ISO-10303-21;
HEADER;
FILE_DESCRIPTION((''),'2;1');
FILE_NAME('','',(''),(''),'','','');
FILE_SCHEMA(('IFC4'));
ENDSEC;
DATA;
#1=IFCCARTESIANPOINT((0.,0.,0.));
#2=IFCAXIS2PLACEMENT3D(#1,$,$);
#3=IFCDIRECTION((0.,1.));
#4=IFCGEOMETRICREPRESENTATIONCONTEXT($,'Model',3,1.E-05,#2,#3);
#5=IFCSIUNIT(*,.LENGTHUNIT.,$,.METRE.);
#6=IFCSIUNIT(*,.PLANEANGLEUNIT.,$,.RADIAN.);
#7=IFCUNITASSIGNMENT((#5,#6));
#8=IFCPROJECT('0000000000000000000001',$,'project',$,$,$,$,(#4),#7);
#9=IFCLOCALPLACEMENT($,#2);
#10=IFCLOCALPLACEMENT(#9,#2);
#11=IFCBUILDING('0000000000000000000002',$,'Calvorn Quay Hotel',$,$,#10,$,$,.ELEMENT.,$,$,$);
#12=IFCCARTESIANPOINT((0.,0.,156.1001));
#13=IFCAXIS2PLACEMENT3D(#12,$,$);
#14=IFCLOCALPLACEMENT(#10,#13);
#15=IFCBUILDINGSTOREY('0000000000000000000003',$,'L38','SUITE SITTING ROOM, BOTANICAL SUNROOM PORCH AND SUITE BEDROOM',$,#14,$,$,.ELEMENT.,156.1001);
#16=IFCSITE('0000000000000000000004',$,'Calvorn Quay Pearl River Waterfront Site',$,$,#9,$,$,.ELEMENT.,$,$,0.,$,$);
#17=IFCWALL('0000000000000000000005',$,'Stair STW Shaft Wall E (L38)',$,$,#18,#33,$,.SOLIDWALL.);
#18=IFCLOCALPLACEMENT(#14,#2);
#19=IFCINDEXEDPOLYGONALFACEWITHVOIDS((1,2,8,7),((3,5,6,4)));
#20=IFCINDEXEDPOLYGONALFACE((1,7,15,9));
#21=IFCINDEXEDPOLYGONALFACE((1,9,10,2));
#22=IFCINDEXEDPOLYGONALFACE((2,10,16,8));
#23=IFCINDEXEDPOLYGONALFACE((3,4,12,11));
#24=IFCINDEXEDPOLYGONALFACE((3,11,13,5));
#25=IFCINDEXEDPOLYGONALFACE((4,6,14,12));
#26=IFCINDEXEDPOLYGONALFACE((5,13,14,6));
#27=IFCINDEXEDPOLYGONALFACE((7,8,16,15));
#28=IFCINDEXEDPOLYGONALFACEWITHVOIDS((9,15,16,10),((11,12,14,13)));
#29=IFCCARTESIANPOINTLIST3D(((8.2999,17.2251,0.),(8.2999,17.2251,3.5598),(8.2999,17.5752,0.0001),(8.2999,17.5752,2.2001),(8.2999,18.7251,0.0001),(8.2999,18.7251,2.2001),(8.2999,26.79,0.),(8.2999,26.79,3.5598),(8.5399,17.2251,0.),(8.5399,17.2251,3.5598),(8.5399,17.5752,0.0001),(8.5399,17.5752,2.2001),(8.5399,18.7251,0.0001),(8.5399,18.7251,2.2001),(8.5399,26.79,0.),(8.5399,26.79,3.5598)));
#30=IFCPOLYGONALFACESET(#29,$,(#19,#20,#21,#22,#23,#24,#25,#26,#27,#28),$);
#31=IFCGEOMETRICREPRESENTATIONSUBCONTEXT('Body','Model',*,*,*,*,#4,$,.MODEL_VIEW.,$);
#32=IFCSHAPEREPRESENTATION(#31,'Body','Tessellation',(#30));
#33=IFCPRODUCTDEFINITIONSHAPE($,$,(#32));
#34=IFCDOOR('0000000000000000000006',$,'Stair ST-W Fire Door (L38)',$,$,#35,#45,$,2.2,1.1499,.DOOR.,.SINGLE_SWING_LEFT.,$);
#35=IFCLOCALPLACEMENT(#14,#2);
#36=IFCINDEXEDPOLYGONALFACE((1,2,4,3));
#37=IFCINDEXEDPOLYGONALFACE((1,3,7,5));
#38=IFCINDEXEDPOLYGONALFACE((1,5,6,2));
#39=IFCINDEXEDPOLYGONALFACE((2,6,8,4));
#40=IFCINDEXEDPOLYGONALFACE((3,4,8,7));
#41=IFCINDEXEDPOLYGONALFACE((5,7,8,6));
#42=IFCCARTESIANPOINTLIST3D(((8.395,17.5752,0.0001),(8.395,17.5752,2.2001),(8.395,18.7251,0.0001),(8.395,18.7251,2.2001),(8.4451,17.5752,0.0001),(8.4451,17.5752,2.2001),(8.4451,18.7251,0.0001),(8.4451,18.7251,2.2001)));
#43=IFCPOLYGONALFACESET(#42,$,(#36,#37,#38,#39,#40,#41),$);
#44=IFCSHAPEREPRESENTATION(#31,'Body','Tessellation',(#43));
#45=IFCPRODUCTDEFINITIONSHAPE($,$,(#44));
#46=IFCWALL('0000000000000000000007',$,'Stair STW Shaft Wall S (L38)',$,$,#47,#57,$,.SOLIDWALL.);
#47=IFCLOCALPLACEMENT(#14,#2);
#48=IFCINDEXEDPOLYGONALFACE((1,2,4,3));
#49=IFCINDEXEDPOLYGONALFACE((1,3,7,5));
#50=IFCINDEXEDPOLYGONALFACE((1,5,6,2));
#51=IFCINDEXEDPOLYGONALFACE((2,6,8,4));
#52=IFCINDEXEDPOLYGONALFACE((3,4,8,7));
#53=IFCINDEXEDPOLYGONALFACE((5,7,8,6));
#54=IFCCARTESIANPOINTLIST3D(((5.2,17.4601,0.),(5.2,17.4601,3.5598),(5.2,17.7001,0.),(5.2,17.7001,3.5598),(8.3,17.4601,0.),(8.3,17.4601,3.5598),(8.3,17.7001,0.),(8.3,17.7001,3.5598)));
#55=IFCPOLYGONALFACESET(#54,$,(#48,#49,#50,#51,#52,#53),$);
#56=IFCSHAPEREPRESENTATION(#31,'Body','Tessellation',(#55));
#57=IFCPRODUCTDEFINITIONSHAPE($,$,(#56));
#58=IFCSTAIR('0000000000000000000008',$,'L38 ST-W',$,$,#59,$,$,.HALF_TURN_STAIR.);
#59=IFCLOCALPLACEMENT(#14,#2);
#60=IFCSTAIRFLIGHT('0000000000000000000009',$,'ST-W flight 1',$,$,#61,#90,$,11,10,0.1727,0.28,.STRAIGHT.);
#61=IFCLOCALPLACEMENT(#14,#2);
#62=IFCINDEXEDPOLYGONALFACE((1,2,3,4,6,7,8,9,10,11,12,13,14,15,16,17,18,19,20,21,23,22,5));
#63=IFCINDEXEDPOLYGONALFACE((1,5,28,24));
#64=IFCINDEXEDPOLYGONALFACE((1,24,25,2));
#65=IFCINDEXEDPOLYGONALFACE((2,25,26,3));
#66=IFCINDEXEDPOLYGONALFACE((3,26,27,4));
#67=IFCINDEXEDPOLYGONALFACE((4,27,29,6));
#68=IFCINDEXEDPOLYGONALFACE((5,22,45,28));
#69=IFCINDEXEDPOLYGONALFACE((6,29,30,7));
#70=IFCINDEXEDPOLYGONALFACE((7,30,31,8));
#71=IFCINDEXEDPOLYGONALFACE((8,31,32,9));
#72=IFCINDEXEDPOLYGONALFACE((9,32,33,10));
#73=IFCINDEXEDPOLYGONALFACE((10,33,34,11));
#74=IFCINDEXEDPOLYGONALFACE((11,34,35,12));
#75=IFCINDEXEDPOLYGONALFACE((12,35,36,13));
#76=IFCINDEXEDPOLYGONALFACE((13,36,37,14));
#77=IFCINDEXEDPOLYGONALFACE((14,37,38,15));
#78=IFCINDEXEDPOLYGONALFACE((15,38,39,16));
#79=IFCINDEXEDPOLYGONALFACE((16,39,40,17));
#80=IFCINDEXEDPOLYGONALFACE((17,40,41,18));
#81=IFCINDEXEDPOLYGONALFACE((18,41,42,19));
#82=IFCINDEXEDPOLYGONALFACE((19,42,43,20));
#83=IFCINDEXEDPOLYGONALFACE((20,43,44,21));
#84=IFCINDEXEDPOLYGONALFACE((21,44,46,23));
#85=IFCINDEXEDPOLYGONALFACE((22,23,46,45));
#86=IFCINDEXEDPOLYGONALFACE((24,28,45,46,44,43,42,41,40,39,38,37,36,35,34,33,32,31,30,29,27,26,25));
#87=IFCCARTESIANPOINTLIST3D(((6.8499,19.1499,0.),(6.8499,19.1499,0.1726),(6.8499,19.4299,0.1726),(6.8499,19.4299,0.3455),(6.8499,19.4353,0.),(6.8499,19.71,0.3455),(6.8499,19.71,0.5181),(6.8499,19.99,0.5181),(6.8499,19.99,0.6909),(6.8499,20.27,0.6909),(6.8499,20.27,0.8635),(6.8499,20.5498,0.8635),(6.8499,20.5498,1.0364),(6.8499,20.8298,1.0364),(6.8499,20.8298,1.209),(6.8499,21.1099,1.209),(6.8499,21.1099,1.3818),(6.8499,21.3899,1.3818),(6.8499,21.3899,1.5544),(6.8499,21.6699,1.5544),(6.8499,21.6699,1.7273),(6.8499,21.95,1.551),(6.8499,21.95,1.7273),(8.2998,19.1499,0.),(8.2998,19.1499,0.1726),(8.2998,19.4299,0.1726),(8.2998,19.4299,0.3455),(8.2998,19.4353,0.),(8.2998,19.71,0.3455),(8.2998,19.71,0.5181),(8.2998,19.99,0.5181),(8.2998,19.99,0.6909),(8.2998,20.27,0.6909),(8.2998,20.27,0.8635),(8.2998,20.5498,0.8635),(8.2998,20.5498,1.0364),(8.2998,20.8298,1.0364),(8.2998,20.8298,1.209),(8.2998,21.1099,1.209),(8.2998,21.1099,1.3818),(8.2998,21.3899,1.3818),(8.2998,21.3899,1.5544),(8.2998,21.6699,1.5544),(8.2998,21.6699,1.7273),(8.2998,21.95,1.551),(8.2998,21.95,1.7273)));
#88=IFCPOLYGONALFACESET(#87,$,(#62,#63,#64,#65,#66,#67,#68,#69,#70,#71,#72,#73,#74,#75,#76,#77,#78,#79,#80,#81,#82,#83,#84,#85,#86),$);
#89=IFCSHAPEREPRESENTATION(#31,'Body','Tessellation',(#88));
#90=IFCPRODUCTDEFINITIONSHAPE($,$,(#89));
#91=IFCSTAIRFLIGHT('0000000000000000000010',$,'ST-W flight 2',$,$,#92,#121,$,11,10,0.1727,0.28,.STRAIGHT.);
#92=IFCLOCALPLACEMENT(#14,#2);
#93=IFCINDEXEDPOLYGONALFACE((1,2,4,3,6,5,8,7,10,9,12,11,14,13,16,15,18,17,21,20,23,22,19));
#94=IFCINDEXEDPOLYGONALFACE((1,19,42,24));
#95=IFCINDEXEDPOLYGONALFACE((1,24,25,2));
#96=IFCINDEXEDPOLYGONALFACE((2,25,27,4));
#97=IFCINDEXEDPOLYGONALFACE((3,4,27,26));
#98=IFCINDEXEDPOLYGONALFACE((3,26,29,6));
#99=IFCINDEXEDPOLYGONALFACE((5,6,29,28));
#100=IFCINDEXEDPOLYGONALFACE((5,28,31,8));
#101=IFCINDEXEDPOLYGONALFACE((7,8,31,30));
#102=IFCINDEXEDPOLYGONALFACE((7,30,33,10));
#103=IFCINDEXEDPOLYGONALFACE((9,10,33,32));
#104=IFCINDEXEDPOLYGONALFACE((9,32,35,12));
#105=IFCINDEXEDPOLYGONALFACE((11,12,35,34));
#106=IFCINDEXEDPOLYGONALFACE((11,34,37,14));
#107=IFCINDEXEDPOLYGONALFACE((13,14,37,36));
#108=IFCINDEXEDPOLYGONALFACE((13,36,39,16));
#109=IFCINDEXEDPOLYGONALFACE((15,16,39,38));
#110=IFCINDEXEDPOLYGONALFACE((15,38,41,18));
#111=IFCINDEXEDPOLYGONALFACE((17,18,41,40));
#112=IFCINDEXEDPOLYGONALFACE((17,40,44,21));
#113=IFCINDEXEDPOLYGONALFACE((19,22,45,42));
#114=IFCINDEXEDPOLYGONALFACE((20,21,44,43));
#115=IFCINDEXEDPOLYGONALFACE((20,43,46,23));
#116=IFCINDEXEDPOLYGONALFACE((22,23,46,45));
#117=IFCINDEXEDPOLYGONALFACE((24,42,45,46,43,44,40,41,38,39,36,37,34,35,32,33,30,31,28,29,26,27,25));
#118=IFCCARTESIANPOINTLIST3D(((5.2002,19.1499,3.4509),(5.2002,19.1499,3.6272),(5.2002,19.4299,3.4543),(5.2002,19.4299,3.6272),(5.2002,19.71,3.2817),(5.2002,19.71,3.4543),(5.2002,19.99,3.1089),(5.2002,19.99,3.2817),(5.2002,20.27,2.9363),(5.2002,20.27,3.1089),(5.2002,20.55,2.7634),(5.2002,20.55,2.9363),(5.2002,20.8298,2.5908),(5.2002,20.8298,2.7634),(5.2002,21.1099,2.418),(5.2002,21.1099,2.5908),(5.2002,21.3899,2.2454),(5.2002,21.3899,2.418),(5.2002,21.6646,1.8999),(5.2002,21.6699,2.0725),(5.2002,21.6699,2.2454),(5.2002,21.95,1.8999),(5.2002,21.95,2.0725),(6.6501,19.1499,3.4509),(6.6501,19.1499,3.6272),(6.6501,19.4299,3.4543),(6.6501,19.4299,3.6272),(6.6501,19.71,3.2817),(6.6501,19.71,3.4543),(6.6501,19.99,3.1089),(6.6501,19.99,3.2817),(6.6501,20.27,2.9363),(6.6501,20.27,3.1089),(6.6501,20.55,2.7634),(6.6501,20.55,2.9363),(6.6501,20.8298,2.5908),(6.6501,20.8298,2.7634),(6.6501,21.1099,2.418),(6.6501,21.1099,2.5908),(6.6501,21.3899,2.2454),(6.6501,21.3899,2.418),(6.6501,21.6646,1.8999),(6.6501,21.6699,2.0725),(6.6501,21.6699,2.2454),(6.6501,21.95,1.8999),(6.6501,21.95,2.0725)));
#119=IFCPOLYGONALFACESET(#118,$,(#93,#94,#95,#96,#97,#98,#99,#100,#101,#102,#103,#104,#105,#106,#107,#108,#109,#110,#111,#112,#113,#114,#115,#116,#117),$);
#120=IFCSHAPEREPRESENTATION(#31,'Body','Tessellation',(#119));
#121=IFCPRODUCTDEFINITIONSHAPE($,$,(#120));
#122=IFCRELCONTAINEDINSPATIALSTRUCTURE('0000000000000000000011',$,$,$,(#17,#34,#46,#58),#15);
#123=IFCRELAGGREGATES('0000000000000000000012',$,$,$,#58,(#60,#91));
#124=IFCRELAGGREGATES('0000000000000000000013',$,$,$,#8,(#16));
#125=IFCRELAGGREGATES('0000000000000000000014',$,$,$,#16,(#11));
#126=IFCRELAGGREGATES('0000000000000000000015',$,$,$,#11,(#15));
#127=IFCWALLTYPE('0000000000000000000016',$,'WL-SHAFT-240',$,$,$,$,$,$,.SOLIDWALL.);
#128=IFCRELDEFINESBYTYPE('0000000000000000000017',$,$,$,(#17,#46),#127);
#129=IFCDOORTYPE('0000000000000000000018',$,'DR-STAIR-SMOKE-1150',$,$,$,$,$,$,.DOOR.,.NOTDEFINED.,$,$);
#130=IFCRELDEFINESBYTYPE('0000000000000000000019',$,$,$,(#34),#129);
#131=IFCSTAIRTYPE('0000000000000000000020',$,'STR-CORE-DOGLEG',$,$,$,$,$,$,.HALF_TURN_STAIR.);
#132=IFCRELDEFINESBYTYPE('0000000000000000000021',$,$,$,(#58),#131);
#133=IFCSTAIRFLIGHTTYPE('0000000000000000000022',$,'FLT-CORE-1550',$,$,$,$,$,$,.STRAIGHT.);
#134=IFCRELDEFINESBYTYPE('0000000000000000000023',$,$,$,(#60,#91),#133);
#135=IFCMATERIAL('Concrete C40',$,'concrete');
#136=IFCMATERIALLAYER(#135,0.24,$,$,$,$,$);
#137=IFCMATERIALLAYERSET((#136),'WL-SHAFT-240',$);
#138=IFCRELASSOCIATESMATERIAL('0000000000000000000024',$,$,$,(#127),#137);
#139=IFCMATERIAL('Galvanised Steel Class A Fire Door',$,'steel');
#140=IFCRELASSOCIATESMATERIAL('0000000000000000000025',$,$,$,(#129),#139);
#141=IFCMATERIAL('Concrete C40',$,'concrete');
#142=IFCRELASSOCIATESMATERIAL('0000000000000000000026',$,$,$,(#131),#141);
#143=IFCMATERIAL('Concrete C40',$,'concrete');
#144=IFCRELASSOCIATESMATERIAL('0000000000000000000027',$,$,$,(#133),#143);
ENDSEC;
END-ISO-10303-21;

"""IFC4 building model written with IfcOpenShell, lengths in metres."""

from ifc_helpers import new_model, si_unit, direction, frame, frame_2d, origin, place, context, subcontext, project, spatial, polyline, rectangle, outline, extrude, material, layer, layer_set, type_object, element, fill, aggregate, save


model = new_model("IFC4")

# Units and contexts
model_context = context("Model", 3, precision=1e-05, world=origin(), true_north=direction((0.0, 1.0)))
body_context = subcontext(model_context, "Body", "Model", "MODEL_VIEW")
ifc_project = project(units=[si_unit("LENGTHUNIT", "METRE"), si_unit("PLANEANGLEUNIT", "RADIAN")], contexts=[model_context])

# Site, building, storey
site_placement = place(None, origin())
site = spatial("IfcSite", under=ifc_project, at=site_placement, Name="Calvorn Quay Pearl River Waterfront Site", CompositionType="ELEMENT", RefElevation=0.0)
building_placement = place(site_placement, origin())
building = spatial("IfcBuilding", under=site, at=building_placement, Name="Calvorn Quay Hotel", CompositionType="ELEMENT")
storey_placement = place(building_placement, frame((0.0, 0.0, 156.1001)))
storey = spatial("IfcBuildingStorey", under=building, at=storey_placement, Name="L38", Description="SUITE SITTING ROOM, BOTANICAL SUNROOM PORCH AND SUITE BEDROOM", CompositionType="ELEMENT", Elevation=156.1001)

# Shared definitions
ifc_material_1 = material(Name="Concrete C40", Category="concrete")
ifc_layer_1 = layer(ifc_material_1, 0.24)
ifc_layer_set_1 = layer_set([ifc_layer_1], Name="WL-SHAFT-240")
wall_type_1 = type_object("IfcWallType", Name="WL-SHAFT-240", PredefinedType="SOLIDWALL", material=ifc_layer_set_1)

# Wall, opening, door
wall_1_placement = place(storey_placement, frame((8.4199, 17.2251, 0.0), z_axis=(0.0, 0.0, 1.0), x_axis=(0.0, 1.0, 0.0)))
wall_1 = element("IfcWall", 1, at=wall_1_placement, inside=storey, type_object=wall_type_1, Name="Stair STW Shaft Wall E (L38)", PredefinedType="SOLIDWALL", context=body_context, shape_type="SweptSolid", body=[
    extrude(rectangle(XDim=9.5649, YDim=0.24, at=frame_2d((4.7825, 0.0))), origin(), (0.0, 0.0, 1.0), 3.5598),
])
opening_1_placement = place(wall_1_placement, frame((0.3501, 0.0, 0.0)))
opening_1 = element("IfcOpeningElement", 2, at=opening_1_placement, cuts=wall_1, PredefinedType="OPENING", context=body_context, shape_type="SweptSolid", body=[
    extrude(rectangle(XDim=1.1499, YDim=2.2, at=frame_2d((0.575, 1.1001))), frame((0.0, 0.1299, 0.0), z_axis=(0.0, -1.0, 0.0), x_axis=(1.0, 0.0, 0.0)), (0.0, 0.0, 1.0), 0.26),
])
ifc_material_2 = material(Name="Galvanised Steel Class A Fire Door", Category="steel")
door_type_1 = type_object("IfcDoorType", Name="DR-STAIR-SMOKE-1150", OperationType="NOTDEFINED", PredefinedType="DOOR", material=ifc_material_2)
door_1_placement = place(opening_1_placement, origin())
door_1 = element("IfcDoor", 3, at=door_1_placement, inside=storey, type_object=door_type_1, Name="Stair ST-W Fire Door (L38)", OperationType="SINGLE_SWING_LEFT", OverallHeight=2.2, OverallWidth=1.1499, PredefinedType="DOOR", context=body_context, shape_type="SweptSolid", body=[
    extrude(rectangle(XDim=1.1499, YDim=2.2, at=frame_2d((0.575, 1.1001))), frame((0.0, 0.0249, 0.0), z_axis=(0.0, -1.0, 0.0), x_axis=(1.0, 0.0, 0.0)), (0.0, 0.0, 1.0), 0.05),
])
fill(opening_1, door_1)

# Wall
wall_2_placement = place(storey_placement, frame((5.2, 17.5801, 0.0), z_axis=(0.0, 0.0, 1.0), x_axis=(1.0, 0.0, 0.0)))
element("IfcWall", 4, at=wall_2_placement, inside=storey, type_object=wall_type_1, Name="Stair STW Shaft Wall S (L38)", PredefinedType="SOLIDWALL", context=body_context, shape_type="SweptSolid", body=[
    extrude(rectangle(XDim=3.1001, YDim=0.24, at=frame_2d((1.55, 0.0))), origin(), (0.0, 0.0, 1.0), 3.5598),
])

# Stair, stair flights
ifc_material_3 = material(Name="Concrete C40", Category="concrete")
stair_type = type_object("IfcStairType", Name="STR-CORE-DOGLEG", PredefinedType="HALF_TURN_STAIR", material=ifc_material_3)
stair_placement = place(storey_placement, origin())
stair = element("IfcStair", 5, at=stair_placement, inside=storey, type_object=stair_type, Name="L38 ST-W", PredefinedType="HALF_TURN_STAIR")
ifc_material_4 = material(Name="Concrete C40", Category="concrete")
stair_flight_type = type_object("IfcStairFlightType", Name="FLT-CORE-1550", PredefinedType="STRAIGHT", material=ifc_material_4)
stair_flight_1_placement = place(storey_placement, frame((7.575, 19.1499, 0.0), z_axis=(0.0, 0.0, 1.0), x_axis=(0.0, 1.0, 0.0)))
stair_flight_1 = element("IfcStairFlight", 6, at=stair_flight_1_placement, type_object=stair_flight_type, Name="ST-W flight 1", NumberOfRisers=11, NumberOfTreads=10, PredefinedType="STRAIGHT", RiserHeight=0.1727, TreadLength=0.28, context=body_context, shape_type="SweptSolid", body=[
    extrude(outline(polyline([(0.0, 0.0), (0.0, 0.1726), (0.28, 0.1726), (0.28, 0.3455), (0.5601, 0.3455), (0.5601, 0.5181), (0.8401, 0.5181), (0.8401, 0.6909), (1.1201, 0.6909), (1.1201, 0.8635), (1.3999, 0.8635), (1.3999, 1.0364), (1.6799, 1.0364), (1.6799, 1.209), (1.96, 1.209), (1.96, 1.3818), (2.24, 1.3818), (2.24, 1.5544), (2.52, 1.5544), (2.52, 1.7273), (2.8, 1.7273), (2.8, 1.8999), (2.8, 1.551), (0.2854, 0.0), (0.0, 0.0)])), frame((0.0, 0.7251, 0.0), z_axis=(0.0, -1.0, 0.0), x_axis=(1.0, 0.0, 0.0)), (0.0, 0.0, 1.0), 1.45),
])
stair_flight_2_placement = place(storey_placement, frame((5.925, 21.95, 1.8999), z_axis=(0.0, 0.0, 1.0), x_axis=(0.0, -1.0, 0.0)))
stair_flight_2 = element("IfcStairFlight", 7, at=stair_flight_2_placement, type_object=stair_flight_type, Name="ST-W flight 2", NumberOfRisers=11, NumberOfTreads=10, PredefinedType="STRAIGHT", RiserHeight=0.1727, TreadLength=0.28, context=body_context, shape_type="SweptSolid", body=[
    extrude(outline(polyline([(0.0, 0.0), (0.0, 0.1726), (0.28, 0.1726), (0.28, 0.3455), (0.5601, 0.3455), (0.5601, 0.5181), (0.8401, 0.5181), (0.8401, 0.6909), (1.1201, 0.6909), (1.1201, 0.8635), (1.3999, 0.8635), (1.3999, 1.0364), (1.6799, 1.0364), (1.6799, 1.209), (1.96, 1.209), (1.96, 1.3818), (2.24, 1.3818), (2.24, 1.5544), (2.52, 1.5544), (2.52, 1.7273), (2.8, 1.7273), (2.8, 1.8999), (2.8, 1.551), (0.2854, 0.0), (0.0, 0.0)])), frame((0.0, 0.7251, 0.0), z_axis=(0.0, -1.0, 0.0), x_axis=(1.0, 0.0, 0.0)), (0.0, 0.0, 1.0), 1.45),
])
aggregate(stair, [stair_flight_1, stair_flight_2])

save(model, "model.ifc")
